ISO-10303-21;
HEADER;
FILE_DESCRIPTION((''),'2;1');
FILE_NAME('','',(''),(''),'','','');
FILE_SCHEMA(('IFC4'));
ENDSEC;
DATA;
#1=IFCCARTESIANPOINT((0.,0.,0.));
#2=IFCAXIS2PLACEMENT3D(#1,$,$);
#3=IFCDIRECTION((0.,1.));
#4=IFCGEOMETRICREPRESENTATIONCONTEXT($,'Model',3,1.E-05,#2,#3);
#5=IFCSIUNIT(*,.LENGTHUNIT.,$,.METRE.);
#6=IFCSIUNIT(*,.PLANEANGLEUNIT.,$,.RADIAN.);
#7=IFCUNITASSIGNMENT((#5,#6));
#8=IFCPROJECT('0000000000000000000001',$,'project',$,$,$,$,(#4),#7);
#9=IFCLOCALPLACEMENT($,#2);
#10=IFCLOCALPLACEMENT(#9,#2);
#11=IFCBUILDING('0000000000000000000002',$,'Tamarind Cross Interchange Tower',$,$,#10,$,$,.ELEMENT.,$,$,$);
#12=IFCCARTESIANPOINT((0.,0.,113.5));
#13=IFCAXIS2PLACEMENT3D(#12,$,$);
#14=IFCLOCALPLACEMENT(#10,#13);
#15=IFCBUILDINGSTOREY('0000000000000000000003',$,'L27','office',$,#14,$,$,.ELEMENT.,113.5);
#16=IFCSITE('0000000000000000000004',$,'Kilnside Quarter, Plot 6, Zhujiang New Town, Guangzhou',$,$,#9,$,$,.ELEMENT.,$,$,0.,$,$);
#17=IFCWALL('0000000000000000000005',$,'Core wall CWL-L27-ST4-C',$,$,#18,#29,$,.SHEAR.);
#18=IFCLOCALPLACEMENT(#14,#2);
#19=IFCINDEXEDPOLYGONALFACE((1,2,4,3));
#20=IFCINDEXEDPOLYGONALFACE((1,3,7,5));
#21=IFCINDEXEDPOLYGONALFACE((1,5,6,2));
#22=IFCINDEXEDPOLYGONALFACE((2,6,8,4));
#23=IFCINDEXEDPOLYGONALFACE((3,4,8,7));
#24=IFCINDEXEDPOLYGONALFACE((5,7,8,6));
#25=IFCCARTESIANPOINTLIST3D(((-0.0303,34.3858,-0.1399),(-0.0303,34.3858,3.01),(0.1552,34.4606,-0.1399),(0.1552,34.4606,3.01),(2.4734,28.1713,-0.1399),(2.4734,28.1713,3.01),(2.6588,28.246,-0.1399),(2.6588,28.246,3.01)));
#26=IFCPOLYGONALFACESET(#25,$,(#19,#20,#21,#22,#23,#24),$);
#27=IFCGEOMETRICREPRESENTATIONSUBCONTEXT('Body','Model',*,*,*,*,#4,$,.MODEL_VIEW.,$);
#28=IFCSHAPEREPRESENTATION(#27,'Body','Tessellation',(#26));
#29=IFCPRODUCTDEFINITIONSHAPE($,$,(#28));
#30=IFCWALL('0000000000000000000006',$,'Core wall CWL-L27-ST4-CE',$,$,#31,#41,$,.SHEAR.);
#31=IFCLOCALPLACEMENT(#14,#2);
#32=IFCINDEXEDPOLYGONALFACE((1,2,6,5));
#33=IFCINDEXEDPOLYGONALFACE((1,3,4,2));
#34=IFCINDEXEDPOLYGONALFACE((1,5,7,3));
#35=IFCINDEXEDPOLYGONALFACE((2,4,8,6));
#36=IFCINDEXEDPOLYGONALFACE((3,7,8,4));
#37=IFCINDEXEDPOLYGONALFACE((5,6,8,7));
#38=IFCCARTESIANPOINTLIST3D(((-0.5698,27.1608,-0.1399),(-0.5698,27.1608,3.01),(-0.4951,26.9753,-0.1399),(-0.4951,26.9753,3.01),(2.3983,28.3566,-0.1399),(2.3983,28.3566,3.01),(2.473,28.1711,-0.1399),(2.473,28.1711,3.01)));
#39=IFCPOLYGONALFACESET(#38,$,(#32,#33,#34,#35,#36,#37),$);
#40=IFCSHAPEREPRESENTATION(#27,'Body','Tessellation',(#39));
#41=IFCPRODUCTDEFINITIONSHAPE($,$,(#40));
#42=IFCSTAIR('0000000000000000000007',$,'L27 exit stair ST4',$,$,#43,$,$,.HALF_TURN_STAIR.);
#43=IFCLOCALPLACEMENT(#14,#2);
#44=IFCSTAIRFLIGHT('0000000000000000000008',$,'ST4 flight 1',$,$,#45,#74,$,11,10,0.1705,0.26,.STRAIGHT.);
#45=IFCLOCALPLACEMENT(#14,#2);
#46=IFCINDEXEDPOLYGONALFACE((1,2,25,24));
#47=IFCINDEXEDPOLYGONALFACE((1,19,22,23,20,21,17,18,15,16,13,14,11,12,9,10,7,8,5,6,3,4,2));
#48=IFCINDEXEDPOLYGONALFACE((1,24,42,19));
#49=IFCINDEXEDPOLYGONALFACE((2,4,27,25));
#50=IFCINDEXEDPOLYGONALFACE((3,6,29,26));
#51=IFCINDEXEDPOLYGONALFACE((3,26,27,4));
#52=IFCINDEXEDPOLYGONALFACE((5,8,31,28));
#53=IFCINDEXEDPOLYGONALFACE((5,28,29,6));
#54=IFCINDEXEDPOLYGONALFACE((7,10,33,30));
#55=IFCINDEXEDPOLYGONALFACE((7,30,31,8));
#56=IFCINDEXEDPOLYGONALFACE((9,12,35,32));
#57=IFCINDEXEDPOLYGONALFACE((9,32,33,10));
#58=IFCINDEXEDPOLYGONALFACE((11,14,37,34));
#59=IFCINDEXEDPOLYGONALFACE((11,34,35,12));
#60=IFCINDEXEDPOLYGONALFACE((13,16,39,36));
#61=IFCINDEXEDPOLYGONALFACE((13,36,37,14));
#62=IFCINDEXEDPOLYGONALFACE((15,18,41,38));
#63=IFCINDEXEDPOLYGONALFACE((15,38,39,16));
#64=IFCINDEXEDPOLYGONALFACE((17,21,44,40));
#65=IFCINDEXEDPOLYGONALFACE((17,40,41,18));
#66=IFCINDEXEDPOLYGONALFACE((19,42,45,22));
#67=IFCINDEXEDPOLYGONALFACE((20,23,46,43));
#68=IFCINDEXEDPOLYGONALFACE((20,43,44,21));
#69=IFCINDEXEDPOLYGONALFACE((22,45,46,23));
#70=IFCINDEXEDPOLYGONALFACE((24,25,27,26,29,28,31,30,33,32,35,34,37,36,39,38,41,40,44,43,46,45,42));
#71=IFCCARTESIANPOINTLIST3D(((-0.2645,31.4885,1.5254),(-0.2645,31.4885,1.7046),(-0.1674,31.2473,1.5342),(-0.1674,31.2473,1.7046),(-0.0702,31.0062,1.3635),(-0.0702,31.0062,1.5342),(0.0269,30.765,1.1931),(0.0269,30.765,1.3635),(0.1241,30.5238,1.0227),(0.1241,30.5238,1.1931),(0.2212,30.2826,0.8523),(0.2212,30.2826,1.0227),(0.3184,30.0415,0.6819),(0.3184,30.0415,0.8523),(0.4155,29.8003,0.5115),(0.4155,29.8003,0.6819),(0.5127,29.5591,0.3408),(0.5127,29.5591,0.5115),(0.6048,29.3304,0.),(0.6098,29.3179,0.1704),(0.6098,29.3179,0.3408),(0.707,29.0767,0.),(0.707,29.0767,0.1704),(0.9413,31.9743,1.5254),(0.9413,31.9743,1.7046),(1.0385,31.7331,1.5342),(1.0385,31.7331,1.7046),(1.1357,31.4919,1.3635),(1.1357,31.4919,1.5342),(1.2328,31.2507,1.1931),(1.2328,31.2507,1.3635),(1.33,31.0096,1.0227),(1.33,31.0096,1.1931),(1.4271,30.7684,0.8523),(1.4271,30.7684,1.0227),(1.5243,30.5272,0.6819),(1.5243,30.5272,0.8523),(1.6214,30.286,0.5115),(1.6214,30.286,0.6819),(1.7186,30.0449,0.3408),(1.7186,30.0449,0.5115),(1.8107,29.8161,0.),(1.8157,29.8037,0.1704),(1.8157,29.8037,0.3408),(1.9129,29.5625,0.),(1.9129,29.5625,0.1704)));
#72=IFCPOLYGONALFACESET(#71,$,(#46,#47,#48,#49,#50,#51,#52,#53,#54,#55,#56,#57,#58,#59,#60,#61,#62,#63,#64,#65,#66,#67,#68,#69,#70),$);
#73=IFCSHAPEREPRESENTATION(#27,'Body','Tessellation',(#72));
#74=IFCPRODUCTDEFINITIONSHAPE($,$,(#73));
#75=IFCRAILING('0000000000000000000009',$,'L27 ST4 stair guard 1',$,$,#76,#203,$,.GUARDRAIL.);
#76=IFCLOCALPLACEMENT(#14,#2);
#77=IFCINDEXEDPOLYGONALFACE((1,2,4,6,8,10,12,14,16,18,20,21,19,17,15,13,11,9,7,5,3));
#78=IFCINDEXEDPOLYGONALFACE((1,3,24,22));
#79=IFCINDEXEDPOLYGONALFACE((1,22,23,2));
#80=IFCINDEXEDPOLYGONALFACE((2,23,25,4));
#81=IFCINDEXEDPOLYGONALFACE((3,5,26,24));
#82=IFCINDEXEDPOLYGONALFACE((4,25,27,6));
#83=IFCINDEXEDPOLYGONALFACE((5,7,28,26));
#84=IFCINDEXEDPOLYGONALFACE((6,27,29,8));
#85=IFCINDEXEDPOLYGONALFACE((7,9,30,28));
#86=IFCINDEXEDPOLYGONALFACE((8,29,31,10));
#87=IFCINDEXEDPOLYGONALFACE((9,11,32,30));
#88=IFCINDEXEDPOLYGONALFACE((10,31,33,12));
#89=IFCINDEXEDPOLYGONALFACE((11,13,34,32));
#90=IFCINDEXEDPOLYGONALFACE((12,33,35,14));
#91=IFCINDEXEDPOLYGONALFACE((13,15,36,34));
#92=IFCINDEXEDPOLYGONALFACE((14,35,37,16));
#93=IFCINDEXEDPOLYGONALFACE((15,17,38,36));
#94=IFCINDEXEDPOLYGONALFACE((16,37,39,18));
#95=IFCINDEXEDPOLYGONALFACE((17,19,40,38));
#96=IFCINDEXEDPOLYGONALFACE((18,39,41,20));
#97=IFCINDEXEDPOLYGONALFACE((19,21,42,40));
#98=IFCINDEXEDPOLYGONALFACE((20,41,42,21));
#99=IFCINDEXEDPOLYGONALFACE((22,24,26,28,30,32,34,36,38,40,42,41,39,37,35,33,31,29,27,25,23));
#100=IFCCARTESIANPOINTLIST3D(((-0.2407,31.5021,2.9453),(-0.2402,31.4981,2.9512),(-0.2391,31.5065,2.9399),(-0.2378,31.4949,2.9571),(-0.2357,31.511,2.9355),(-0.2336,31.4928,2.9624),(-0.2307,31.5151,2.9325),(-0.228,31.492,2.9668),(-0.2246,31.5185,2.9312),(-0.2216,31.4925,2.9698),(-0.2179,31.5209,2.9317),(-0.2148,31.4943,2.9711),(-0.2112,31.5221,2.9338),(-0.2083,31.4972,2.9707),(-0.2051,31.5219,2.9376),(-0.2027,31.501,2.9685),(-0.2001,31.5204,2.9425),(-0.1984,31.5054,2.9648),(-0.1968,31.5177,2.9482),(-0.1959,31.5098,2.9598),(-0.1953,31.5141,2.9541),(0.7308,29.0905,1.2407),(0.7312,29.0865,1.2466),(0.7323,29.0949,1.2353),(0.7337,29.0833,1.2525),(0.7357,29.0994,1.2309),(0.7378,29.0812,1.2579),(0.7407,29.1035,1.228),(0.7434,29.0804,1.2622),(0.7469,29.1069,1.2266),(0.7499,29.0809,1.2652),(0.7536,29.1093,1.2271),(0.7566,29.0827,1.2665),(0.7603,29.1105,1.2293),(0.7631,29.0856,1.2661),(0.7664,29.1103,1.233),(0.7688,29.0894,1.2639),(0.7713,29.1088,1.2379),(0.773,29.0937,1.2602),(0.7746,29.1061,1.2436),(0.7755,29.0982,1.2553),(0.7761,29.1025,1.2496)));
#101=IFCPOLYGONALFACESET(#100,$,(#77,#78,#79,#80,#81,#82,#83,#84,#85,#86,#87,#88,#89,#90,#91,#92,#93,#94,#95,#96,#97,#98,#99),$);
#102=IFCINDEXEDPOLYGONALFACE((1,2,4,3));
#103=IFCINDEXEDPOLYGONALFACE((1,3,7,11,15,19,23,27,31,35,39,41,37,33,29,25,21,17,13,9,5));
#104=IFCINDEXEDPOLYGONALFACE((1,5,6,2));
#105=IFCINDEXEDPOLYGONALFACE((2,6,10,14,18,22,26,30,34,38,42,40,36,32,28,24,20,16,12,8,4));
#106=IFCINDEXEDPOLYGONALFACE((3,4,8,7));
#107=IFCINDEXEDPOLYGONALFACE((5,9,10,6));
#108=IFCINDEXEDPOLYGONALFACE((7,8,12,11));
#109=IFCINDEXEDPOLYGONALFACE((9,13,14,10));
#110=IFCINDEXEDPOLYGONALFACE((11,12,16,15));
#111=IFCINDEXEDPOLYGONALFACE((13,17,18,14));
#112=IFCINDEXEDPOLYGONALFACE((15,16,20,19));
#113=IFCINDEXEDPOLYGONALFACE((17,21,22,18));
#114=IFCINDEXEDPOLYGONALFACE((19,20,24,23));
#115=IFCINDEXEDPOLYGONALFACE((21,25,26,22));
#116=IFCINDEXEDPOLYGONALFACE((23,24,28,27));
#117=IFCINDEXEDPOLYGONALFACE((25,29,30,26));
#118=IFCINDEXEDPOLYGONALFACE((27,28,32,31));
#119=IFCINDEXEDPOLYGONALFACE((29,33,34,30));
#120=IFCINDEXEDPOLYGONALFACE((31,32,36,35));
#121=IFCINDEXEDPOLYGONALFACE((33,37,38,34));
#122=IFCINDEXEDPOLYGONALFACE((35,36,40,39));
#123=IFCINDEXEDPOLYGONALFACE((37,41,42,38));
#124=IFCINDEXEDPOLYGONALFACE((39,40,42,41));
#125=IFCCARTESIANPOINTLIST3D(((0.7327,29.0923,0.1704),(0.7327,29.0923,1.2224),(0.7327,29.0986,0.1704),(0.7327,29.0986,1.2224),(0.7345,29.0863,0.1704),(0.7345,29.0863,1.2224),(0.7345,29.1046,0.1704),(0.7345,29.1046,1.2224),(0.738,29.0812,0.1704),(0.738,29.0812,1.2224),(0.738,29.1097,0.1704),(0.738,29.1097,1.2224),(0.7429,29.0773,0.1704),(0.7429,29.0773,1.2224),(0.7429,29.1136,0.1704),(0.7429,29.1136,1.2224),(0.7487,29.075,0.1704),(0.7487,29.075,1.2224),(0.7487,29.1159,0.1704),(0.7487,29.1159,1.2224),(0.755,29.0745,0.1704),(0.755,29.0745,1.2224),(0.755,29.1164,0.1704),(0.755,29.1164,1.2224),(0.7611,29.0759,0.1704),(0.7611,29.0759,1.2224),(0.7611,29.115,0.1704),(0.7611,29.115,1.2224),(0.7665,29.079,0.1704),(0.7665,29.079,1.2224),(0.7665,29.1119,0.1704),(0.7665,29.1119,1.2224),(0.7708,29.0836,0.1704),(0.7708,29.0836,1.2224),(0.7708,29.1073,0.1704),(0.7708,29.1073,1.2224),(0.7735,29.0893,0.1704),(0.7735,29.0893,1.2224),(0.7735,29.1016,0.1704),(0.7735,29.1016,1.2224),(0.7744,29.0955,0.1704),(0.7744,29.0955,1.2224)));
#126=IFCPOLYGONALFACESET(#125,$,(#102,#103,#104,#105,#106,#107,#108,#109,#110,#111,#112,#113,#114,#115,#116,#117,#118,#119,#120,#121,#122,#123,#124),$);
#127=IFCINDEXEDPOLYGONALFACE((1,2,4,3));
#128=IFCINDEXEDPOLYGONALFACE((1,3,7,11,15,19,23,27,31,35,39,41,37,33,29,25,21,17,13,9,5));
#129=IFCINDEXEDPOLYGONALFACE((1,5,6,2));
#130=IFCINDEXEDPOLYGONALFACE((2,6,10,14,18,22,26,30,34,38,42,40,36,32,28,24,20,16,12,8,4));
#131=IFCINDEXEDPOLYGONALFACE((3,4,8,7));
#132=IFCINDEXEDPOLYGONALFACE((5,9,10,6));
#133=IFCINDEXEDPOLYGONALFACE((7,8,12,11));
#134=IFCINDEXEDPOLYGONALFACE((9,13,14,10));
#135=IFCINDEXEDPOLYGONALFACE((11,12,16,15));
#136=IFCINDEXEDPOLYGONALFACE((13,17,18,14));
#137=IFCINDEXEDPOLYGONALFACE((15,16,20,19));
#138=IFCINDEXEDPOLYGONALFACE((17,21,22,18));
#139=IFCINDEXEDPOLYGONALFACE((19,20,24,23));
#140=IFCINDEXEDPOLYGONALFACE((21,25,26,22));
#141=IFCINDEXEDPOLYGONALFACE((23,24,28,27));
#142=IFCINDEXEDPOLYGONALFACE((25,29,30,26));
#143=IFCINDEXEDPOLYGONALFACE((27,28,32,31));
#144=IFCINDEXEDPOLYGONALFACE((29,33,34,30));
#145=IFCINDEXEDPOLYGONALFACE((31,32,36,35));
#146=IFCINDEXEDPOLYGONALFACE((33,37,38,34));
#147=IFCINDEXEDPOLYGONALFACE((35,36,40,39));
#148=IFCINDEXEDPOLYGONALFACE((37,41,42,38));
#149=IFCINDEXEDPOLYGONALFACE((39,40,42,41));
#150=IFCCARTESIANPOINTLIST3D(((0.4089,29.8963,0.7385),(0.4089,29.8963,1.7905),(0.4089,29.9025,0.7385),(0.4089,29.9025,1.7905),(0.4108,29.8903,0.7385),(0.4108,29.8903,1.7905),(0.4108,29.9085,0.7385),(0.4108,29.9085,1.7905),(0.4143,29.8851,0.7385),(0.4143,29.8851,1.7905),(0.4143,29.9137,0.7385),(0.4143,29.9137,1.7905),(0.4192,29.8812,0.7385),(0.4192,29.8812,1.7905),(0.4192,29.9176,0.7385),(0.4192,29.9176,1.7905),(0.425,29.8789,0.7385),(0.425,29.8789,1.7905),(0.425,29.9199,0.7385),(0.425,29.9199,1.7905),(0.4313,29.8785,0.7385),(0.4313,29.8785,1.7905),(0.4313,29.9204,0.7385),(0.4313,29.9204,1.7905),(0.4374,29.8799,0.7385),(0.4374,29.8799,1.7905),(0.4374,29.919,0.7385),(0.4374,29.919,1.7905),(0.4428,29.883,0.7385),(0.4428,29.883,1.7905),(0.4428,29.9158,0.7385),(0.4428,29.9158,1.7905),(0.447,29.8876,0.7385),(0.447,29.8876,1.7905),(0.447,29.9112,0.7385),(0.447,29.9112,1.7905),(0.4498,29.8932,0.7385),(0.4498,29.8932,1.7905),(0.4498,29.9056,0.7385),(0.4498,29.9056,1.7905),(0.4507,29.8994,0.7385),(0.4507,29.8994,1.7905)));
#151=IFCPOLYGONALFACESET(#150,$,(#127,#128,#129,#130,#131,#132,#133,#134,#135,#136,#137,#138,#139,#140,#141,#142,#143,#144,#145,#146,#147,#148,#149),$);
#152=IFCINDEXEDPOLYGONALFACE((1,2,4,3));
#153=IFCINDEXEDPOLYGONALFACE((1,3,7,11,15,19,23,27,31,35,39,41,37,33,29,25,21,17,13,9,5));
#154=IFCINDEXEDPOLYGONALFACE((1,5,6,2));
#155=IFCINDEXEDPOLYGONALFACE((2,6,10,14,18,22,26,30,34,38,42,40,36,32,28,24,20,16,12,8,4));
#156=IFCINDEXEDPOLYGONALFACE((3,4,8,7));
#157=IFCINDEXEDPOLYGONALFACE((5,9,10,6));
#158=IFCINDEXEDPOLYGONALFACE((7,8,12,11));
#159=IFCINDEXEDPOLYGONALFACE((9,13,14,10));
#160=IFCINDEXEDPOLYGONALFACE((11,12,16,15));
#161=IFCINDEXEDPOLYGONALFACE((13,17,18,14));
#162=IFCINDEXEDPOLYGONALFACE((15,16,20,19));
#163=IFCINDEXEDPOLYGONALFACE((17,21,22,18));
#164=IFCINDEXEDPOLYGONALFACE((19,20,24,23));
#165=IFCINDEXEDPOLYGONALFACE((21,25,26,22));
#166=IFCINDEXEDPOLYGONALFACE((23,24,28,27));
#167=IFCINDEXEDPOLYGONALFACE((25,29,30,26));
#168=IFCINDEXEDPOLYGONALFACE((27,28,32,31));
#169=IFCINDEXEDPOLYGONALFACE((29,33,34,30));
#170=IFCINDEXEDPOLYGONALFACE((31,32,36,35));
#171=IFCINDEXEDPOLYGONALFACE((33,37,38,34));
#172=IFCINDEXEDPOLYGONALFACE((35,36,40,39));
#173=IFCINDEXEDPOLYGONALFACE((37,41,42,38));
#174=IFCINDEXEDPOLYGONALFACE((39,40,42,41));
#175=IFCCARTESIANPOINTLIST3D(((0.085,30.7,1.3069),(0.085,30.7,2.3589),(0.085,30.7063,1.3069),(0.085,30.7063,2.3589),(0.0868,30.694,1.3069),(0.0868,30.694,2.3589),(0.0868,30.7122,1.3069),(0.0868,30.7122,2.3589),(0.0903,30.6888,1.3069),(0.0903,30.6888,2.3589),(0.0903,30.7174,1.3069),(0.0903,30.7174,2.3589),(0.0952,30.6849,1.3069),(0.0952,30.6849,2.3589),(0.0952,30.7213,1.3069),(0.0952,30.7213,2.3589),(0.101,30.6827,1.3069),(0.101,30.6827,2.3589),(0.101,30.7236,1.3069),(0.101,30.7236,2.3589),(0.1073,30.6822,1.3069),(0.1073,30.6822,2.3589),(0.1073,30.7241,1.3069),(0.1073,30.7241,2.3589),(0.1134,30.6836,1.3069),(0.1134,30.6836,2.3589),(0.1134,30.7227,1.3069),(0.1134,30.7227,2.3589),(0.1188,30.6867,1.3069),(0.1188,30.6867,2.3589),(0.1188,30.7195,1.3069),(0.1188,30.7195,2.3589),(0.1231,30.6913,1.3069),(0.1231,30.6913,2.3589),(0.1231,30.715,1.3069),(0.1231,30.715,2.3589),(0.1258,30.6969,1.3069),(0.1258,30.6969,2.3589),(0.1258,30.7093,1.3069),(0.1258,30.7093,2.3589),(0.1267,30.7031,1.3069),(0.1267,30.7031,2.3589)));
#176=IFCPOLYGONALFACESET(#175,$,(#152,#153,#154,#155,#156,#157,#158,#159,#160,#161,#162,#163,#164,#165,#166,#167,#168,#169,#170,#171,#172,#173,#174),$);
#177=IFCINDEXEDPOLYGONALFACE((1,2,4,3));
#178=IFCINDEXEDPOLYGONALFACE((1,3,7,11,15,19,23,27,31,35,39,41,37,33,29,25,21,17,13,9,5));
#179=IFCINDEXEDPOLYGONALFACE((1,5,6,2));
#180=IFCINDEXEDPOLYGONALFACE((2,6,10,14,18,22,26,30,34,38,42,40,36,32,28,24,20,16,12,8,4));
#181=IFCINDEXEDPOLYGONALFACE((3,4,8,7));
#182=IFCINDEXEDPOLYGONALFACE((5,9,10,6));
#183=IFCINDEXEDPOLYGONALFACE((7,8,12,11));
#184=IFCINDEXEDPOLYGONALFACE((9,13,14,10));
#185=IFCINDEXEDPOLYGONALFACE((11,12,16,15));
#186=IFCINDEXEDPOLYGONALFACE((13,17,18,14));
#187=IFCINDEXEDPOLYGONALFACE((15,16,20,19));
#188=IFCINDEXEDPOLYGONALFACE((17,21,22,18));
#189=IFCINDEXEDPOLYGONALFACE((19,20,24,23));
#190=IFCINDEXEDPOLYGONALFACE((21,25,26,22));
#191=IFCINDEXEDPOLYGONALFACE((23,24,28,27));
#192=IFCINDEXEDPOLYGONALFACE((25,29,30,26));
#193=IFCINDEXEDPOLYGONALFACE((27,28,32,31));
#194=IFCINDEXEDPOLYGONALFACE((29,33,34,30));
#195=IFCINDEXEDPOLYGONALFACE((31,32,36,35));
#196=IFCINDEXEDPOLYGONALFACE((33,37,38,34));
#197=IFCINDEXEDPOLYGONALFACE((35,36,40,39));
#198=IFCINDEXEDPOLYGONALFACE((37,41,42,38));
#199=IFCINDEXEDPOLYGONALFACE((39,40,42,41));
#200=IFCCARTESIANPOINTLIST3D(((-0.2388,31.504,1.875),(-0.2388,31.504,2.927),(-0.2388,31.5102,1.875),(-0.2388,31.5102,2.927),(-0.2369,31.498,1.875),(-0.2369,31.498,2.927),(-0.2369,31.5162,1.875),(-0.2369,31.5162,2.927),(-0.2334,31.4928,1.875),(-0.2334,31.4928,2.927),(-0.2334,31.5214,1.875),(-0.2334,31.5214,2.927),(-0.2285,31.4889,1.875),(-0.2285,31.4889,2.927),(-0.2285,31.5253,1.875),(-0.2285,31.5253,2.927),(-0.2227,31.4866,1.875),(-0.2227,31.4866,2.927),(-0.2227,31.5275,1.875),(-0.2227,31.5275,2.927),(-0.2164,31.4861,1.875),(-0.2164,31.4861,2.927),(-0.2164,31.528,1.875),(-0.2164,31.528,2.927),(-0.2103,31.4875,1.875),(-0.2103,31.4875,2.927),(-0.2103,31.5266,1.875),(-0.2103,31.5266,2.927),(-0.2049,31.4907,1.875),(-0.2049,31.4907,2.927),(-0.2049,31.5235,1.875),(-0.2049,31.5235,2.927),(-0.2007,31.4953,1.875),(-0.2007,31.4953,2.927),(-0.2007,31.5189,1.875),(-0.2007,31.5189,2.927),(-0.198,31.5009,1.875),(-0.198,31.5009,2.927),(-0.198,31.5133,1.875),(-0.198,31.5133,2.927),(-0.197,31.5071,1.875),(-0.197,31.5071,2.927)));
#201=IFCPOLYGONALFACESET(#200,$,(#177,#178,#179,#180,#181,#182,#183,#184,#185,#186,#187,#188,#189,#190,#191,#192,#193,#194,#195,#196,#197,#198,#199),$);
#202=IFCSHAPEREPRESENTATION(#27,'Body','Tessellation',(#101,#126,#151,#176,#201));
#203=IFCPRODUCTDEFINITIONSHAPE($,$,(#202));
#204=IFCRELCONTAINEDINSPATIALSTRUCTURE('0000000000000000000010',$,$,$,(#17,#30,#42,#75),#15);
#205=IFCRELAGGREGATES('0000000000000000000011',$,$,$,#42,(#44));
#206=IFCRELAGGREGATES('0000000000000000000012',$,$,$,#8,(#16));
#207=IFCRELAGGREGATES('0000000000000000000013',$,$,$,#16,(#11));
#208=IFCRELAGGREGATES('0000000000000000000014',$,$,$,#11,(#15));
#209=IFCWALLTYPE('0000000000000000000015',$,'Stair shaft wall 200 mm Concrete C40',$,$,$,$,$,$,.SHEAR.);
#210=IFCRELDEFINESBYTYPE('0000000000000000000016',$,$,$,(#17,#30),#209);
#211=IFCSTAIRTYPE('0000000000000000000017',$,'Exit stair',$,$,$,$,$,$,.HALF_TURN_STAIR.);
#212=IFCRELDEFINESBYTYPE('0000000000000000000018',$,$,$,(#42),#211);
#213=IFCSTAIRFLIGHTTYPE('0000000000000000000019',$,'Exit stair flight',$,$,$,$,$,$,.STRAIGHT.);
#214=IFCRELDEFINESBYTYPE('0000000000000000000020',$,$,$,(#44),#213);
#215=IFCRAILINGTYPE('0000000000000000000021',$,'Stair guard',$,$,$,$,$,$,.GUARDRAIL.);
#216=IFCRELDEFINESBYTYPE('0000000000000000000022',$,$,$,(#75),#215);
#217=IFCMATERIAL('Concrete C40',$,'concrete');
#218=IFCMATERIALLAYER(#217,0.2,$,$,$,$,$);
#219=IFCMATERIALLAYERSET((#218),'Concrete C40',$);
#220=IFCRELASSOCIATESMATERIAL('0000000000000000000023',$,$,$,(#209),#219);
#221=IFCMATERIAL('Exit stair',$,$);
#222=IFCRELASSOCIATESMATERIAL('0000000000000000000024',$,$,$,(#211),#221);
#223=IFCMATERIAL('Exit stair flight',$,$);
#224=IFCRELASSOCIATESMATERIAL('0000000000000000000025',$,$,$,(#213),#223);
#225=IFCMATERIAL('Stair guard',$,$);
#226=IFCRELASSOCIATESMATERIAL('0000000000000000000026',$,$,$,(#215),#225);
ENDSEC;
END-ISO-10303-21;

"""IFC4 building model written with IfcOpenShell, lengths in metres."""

from ifc_helpers import new_model, si_unit, direction, frame, frame_2d, origin, origin_2d, place, context, subcontext, project, spatial, polyline, rectangle, circle, outline, extrude, material, layer, layer_set, type_object, element, aggregate, save


model = new_model("IFC4")

# Units and contexts
model_context = context("Model", 3, precision=1e-05, world=origin(), true_north=direction((0.0, 1.0)))
body_context = subcontext(model_context, "Body", "Model", "MODEL_VIEW")
ifc_project = project(units=[si_unit("LENGTHUNIT", "METRE"), si_unit("PLANEANGLEUNIT", "RADIAN")], contexts=[model_context])

# Site, building, storey
site_placement = place(None, origin())
site = spatial("IfcSite", under=ifc_project, at=site_placement, Name="Kilnside Quarter, Plot 6, Zhujiang New Town, Guangzhou", CompositionType="ELEMENT", RefElevation=0.0)
building_placement = place(site_placement, origin())
building = spatial("IfcBuilding", under=site, at=building_placement, Name="Tamarind Cross Interchange Tower", CompositionType="ELEMENT")
storey_placement = place(building_placement, frame((0.0, 0.0, 113.5)))
storey = spatial("IfcBuildingStorey", under=building, at=storey_placement, Name="L27", Description="office", CompositionType="ELEMENT", Elevation=113.5)

# Walls
ifc_material_1 = material(Name="Concrete C40", Category="concrete")
ifc_layer_1 = layer(ifc_material_1, 0.2)
ifc_layer_set_1 = layer_set([ifc_layer_1], Name="Concrete C40")
wall_type_1 = type_object("IfcWallType", Name="Stair shaft wall 200 mm Concrete C40", PredefinedType="SHEAR", material=ifc_layer_set_1)
wall_1_placement = place(storey_placement, frame((2.5662, 28.2085, -0.1399), z_axis=(0.0, 0.0, 1.0), x_axis=(-0.373683, 0.927557, 0.0)))
element("IfcWall", 1, at=wall_1_placement, inside=storey, type_object=wall_type_1, Name="Core wall CWL-L27-ST4-C", PredefinedType="SHEAR", context=body_context, shape_type="SweptSolid", body=[
    extrude(rectangle(XDim=6.7, YDim=0.2, at=frame_2d((3.3501, 0.0))), origin(), (0.0, 0.0, 1.0), 3.1499),
])
wall_2_placement = place(storey_placement, frame((2.4358, 28.2639, -0.1399), z_axis=(0.0, 0.0, 1.0), x_axis=(-0.927548, -0.373705, 0.0)))
element("IfcWall", 2, at=wall_2_placement, inside=storey, type_object=wall_type_1, Name="Core wall CWL-L27-ST4-CE", PredefinedType="SHEAR", context=body_context, shape_type="SweptSolid", body=[
    extrude(rectangle(XDim=3.2, YDim=0.2, at=frame_2d((1.6001, 0.0))), origin(), (0.0, 0.0, 1.0), 3.1499),
])

# Stair, stair flight
ifc_material_2 = material(Name="Exit stair")
stair_type = type_object("IfcStairType", Name="Exit stair", PredefinedType="HALF_TURN_STAIR", material=ifc_material_2)
stair_placement = place(storey_placement, origin())
stair = element("IfcStair", 3, at=stair_placement, inside=storey, type_object=stair_type, Name="L27 exit stair ST4", PredefinedType="HALF_TURN_STAIR")
ifc_material_3 = material(Name="Exit stair flight")
stair_flight_type = type_object("IfcStairFlightType", Name="Exit stair flight", PredefinedType="STRAIGHT", material=ifc_material_3)
stair_flight_placement = place(storey_placement, frame((1.3098, 29.3196, 0.0), z_axis=(0.0, 0.0, 1.0), x_axis=(-0.373648, 0.92757, 0.0)))
stair_flight = element("IfcStairFlight", 4, at=stair_flight_placement, type_object=stair_flight_type, Name="ST4 flight 1", NumberOfRisers=11, NumberOfTreads=10, PredefinedType="STRAIGHT", RiserHeight=0.1705, TreadLength=0.26, context=body_context, shape_type="SweptSolid", body=[
    extrude(outline(polyline([(0.0, 0.0), (0.0, 0.1704), (0.26, 0.1704), (0.26, 0.3408), (0.52, 0.3408), (0.52, 0.5115), (0.78, 0.5115), (0.78, 0.6819), (1.04, 0.6819), (1.04, 0.8523), (1.3, 0.8523), (1.3, 1.0227), (1.5601, 1.0227), (1.5601, 1.1931), (1.8201, 1.1931), (1.8201, 1.3635), (2.0801, 1.3635), (2.0801, 1.5342), (2.3401, 1.5342), (2.3401, 1.7046), (2.6001, 1.7046), (2.6001, 1.875), (2.6001, 1.5254), (0.2734, 0.0), (0.0, 0.0)])), frame((0.0, 0.6499, 0.0), z_axis=(0.0, -1.0, 0.0), x_axis=(1.0, 0.0, 0.0)), (0.0, 0.0, 1.0), 1.3),
])
aggregate(stair, [stair_flight])

# Railing
ifc_material_4 = material(Name="Stair guard")
railing_type_1 = type_object("IfcRailingType", Name="Stair guard", PredefinedType="GUARDRAIL", material=ifc_material_4)
railing_1_placement = place(storey_placement, frame((0.7534, 29.0955, 0.1704)))
element("IfcRailing", 5, at=railing_1_placement, inside=storey, type_object=railing_type_1, Name="L27 ST4 stair guard 1", PredefinedType="GUARDRAIL", context=body_context, shape_type="SweptSolid", body=[
    extrude(circle(Radius=0.0239, at=origin_2d()), frame((0.0, 0.0, 1.0762), z_axis=(-0.31247, 0.775716, 0.548294), x_axis=(-0.927574, -0.37364, 0.0)), (0.0, 0.0, 1.0), 3.1089),
    extrude(circle(Radius=0.021, at=origin_2d()), origin(), (0.0, 0.0, 1.0), 1.052),
    extrude(circle(Radius=0.021, at=origin_2d()), frame((-0.3237, 0.804, 0.5681)), (0.0, 0.0, 1.0), 1.052),
    extrude(circle(Radius=0.021, at=origin_2d()), frame((-0.6477, 1.6077, 1.1365)), (0.0, 0.0, 1.0), 1.052),
    extrude(circle(Radius=0.021, at=origin_2d()), frame((-0.9714, 2.4116, 1.7046)), (0.0, 0.0, 1.0), 1.052),
])

save(model, "model.ifc")
